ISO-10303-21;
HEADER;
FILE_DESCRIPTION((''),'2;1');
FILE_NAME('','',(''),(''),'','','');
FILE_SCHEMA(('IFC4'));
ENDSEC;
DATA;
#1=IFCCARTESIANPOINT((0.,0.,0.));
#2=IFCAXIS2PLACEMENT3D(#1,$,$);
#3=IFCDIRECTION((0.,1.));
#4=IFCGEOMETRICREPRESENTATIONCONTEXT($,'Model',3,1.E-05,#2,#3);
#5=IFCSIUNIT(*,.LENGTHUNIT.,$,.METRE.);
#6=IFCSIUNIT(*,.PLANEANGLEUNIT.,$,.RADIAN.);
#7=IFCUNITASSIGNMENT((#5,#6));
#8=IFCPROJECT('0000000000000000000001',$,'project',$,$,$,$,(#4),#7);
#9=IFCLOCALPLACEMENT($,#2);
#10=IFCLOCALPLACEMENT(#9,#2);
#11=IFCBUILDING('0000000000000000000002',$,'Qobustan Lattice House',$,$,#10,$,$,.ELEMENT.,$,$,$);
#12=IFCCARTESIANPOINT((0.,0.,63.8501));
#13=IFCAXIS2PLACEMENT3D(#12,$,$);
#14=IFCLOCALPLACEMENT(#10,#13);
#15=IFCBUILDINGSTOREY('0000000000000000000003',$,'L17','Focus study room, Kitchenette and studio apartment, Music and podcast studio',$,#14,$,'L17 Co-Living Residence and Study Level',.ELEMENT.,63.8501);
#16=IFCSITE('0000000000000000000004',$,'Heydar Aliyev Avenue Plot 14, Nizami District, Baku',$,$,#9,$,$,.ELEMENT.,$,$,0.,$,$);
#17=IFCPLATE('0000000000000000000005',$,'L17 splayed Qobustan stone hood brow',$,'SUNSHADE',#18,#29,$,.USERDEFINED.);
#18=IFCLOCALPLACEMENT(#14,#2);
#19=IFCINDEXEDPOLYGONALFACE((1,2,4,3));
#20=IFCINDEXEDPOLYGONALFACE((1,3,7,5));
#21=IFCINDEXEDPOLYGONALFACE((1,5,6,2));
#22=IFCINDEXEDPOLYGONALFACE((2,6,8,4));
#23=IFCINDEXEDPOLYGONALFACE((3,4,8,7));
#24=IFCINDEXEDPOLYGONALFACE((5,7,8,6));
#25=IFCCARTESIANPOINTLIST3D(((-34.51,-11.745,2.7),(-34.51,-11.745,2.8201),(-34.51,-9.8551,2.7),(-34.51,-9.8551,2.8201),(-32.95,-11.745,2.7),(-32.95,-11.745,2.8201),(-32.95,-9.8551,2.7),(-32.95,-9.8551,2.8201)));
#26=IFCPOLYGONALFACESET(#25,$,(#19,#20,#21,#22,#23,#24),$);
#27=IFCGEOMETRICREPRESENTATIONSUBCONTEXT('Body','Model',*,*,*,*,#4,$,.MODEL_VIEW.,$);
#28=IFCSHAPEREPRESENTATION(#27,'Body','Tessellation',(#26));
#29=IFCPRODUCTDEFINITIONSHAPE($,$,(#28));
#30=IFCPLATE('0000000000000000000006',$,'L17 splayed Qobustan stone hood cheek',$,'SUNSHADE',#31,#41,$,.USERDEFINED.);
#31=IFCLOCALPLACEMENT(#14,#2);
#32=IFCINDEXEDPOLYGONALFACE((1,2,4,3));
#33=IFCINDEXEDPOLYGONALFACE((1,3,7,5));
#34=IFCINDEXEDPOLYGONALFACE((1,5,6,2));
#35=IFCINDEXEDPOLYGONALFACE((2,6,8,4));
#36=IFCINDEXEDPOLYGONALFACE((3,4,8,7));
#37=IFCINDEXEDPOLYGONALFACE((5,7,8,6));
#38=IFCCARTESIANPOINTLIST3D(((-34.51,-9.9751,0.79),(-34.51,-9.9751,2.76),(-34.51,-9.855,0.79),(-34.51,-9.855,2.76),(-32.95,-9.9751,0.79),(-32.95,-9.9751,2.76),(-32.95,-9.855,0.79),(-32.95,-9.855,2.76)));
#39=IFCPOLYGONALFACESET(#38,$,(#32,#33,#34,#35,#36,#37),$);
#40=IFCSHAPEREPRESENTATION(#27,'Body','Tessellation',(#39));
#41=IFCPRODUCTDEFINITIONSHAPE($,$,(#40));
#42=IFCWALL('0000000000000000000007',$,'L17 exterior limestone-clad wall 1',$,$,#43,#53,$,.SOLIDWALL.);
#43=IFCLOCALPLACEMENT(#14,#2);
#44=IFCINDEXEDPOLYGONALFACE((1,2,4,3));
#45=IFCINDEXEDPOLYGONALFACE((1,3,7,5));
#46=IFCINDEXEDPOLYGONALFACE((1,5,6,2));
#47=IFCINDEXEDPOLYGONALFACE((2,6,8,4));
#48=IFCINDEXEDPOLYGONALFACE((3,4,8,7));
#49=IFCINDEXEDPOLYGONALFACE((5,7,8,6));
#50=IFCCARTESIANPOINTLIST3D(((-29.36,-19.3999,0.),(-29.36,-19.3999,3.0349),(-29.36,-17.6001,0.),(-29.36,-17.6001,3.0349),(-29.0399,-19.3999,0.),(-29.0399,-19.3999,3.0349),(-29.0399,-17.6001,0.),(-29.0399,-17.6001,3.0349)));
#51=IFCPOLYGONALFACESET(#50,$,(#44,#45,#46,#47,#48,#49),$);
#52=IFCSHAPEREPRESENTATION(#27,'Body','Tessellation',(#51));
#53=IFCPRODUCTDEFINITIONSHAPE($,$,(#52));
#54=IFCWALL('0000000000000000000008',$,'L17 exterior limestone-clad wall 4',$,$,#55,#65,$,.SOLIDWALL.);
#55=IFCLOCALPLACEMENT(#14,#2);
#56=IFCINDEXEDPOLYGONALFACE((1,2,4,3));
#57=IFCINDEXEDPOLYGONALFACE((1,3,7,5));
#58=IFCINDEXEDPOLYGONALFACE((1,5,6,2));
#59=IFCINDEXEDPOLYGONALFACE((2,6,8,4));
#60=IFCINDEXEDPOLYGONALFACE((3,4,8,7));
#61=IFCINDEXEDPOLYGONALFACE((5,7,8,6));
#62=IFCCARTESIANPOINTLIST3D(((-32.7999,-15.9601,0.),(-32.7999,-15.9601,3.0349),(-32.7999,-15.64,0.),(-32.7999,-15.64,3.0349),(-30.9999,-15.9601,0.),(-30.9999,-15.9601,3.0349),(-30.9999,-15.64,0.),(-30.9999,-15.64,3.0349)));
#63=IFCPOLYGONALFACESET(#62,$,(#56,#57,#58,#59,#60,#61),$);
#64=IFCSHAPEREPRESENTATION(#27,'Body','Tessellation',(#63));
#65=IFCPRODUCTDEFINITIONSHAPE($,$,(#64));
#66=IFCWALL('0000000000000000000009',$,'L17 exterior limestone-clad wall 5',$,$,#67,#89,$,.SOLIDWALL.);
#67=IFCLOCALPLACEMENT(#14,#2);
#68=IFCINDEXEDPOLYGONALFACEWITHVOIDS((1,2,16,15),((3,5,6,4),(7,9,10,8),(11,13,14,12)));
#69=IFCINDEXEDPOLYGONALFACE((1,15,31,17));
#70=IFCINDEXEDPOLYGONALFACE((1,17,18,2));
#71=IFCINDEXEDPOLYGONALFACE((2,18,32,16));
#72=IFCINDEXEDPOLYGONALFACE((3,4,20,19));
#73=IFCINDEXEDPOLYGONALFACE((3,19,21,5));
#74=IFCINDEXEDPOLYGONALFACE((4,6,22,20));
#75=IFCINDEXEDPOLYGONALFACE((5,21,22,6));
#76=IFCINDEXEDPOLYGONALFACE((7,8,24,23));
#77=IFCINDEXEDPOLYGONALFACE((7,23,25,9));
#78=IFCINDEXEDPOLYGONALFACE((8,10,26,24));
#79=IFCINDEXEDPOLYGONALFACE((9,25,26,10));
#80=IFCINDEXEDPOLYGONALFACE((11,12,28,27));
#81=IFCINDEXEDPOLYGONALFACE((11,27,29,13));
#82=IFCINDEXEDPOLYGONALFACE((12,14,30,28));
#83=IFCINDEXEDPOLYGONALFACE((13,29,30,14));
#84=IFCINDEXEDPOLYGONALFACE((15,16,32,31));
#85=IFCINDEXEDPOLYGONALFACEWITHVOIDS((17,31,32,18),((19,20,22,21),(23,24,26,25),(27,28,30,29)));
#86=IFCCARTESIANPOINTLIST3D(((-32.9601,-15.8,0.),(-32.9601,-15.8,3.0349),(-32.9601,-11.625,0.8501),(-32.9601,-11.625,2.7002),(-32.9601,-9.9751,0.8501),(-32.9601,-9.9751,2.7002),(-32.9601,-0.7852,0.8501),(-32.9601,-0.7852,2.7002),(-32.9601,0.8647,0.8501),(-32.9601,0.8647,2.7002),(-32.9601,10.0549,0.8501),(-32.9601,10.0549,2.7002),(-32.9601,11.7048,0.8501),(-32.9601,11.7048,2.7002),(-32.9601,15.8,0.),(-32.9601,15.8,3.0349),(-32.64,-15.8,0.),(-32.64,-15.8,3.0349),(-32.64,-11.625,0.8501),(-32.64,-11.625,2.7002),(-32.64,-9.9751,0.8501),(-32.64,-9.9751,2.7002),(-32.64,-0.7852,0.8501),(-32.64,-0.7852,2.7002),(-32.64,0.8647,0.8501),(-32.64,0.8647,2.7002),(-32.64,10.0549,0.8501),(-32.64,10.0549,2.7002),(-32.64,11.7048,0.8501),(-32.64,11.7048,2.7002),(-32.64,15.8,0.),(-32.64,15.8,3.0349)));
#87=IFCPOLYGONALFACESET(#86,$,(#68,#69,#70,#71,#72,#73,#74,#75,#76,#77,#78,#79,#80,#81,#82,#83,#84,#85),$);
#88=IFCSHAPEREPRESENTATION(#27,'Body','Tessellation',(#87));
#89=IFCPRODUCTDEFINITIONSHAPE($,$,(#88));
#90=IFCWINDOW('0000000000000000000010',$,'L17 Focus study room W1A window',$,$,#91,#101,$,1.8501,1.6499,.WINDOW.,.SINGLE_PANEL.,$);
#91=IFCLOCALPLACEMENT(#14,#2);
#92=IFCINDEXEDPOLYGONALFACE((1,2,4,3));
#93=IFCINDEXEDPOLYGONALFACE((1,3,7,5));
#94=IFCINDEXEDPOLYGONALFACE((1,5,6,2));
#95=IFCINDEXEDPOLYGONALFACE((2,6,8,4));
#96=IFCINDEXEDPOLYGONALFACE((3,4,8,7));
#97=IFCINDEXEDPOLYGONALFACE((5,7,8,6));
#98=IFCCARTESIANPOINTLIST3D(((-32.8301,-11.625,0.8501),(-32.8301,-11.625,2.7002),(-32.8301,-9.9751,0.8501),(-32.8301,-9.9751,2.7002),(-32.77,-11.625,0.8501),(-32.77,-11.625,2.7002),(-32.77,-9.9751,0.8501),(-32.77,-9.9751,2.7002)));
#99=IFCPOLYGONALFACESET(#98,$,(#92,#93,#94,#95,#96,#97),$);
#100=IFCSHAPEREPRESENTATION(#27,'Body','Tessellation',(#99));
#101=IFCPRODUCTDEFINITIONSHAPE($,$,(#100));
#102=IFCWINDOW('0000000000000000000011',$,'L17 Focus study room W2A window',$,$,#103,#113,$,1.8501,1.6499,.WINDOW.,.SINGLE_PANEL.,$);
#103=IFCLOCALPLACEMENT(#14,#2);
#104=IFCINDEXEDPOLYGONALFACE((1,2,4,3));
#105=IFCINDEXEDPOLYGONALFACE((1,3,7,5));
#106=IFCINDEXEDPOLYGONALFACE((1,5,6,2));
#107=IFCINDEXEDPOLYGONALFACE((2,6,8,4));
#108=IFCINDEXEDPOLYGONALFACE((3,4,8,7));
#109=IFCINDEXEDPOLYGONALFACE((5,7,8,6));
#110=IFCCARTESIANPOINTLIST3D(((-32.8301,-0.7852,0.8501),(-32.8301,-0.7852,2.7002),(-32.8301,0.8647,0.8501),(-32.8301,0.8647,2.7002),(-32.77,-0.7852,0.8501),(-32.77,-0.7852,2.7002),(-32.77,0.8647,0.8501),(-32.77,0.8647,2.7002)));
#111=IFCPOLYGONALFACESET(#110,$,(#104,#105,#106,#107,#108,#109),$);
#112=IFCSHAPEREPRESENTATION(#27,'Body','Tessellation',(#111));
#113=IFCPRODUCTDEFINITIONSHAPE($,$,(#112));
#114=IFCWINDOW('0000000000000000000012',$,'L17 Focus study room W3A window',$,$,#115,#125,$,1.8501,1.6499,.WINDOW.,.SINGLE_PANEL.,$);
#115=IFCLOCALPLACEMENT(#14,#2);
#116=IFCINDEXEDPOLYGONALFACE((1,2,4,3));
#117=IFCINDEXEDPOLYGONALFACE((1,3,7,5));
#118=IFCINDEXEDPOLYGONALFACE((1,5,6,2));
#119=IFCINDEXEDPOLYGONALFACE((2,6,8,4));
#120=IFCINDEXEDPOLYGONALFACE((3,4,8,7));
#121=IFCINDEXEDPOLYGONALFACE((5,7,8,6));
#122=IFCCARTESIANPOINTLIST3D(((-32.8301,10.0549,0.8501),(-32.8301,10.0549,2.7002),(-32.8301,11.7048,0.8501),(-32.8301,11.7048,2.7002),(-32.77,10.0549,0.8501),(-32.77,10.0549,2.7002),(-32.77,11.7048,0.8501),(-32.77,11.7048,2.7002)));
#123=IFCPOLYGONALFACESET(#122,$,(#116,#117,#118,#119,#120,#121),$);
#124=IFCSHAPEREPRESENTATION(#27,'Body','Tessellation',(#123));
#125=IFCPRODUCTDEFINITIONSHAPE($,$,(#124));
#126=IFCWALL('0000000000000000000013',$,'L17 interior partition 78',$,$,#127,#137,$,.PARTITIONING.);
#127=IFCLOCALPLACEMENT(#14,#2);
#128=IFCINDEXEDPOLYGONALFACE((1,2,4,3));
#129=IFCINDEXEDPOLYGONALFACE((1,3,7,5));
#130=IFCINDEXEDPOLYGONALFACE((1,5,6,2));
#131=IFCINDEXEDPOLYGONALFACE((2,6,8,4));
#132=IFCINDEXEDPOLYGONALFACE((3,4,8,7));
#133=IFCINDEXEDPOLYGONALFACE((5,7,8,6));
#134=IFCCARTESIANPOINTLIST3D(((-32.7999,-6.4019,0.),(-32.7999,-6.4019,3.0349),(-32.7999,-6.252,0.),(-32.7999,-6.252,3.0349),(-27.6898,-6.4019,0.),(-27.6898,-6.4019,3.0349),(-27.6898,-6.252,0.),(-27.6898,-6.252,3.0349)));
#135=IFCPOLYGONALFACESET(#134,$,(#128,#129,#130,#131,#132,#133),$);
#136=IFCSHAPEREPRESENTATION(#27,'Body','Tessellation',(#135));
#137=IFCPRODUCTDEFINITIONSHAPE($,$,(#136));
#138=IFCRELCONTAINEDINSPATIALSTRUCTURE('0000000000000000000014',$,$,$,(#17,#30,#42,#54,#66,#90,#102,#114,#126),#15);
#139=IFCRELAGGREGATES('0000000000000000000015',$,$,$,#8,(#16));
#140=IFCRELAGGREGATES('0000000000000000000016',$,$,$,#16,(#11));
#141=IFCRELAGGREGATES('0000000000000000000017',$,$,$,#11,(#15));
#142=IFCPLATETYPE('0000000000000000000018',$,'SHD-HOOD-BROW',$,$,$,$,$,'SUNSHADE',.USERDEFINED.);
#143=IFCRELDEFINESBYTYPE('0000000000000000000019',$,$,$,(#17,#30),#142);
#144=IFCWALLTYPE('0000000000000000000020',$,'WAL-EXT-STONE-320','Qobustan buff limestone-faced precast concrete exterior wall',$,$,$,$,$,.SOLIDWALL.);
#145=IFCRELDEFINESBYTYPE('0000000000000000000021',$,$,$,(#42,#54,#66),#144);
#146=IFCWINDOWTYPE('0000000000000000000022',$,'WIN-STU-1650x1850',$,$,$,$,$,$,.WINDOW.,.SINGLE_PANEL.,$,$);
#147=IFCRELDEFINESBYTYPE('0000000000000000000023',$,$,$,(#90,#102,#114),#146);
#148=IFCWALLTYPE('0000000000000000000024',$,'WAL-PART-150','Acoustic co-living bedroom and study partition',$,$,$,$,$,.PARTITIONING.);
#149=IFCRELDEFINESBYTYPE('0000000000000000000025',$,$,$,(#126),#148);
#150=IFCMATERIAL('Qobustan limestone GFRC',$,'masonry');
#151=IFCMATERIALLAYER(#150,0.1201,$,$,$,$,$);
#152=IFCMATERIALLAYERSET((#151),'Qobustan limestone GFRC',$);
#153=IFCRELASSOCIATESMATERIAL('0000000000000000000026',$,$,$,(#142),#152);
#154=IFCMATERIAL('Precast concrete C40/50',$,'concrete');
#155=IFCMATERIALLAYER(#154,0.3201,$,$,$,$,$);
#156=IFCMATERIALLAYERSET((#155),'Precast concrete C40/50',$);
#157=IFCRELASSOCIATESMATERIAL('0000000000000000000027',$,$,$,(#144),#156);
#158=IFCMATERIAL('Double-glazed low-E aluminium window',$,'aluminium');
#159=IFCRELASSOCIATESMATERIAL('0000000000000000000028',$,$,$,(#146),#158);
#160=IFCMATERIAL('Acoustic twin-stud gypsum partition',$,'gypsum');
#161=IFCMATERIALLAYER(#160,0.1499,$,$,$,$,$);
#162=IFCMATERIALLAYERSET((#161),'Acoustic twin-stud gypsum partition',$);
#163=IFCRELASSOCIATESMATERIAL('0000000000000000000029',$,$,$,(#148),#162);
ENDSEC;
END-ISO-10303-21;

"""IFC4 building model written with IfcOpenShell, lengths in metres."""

from ifc_helpers import new_model, si_unit, direction, frame, frame_2d, origin, origin_2d, place, context, subcontext, project, spatial, rectangle, extrude, material, layer, layer_set, type_object, element, fill, save


model = new_model("IFC4")

# Units and contexts
model_context = context("Model", 3, precision=1e-05, world=origin(), true_north=direction((0.0, 1.0)))
body_context = subcontext(model_context, "Body", "Model", "MODEL_VIEW")
ifc_project = project(units=[si_unit("LENGTHUNIT", "METRE"), si_unit("PLANEANGLEUNIT", "RADIAN")], contexts=[model_context])

# Site, building, storey
site_placement = place(None, origin())
site = spatial("IfcSite", under=ifc_project, at=site_placement, Name="Heydar Aliyev Avenue Plot 14, Nizami District, Baku", CompositionType="ELEMENT", RefElevation=0.0)
building_placement = place(site_placement, origin())
building = spatial("IfcBuilding", under=site, at=building_placement, Name="Qobustan Lattice House", CompositionType="ELEMENT")
storey_placement = place(building_placement, frame((0.0, 0.0, 63.8501)))
storey = spatial("IfcBuildingStorey", under=building, at=storey_placement, Name="L17", Description="Focus study room, Kitchenette and studio apartment, Music and podcast studio", LongName="L17 Co-Living Residence and Study Level", CompositionType="ELEMENT", Elevation=63.8501)

# Plates
ifc_material_1 = material(Name="Qobustan limestone GFRC", Category="masonry")
ifc_layer_1 = layer(ifc_material_1, 0.1201)
ifc_layer_set_1 = layer_set([ifc_layer_1], Name="Qobustan limestone GFRC")
plate_type_1 = type_object("IfcPlateType", Name="SHD-HOOD-BROW", ElementType="SUNSHADE", PredefinedType="USERDEFINED", material=ifc_layer_set_1)
plate_1_placement = place(storey_placement, frame((-33.73, -10.8, 2.7), z_axis=(0.0, 0.0, 1.0), x_axis=(0.0, 1.0, 0.0)))
element("IfcPlate", 1, at=plate_1_placement, inside=storey, type_object=plate_type_1, Name="L17 splayed Qobustan stone hood brow", ObjectType="SUNSHADE", PredefinedType="USERDEFINED", context=body_context, shape_type="SweptSolid", body=[
    extrude(rectangle(XDim=1.8899, YDim=1.5601, at=origin_2d()), origin(), (0.0, 0.0, 1.0), 0.1201),
])
plate_2_placement = place(storey_placement, frame((-33.73, -9.915, 0.79), z_axis=(0.0, 0.0, 1.0), x_axis=(0.0, 1.0, 0.0)))
element("IfcPlate", 2, at=plate_2_placement, inside=storey, type_object=plate_type_1, Name="L17 splayed Qobustan stone hood cheek", ObjectType="SUNSHADE", PredefinedType="USERDEFINED", context=body_context, shape_type="SweptSolid", body=[
    extrude(rectangle(XDim=0.1201, YDim=1.5601, at=origin_2d()), origin(), (0.0, 0.0, 1.0), 1.97),
])

# Walls
ifc_material_2 = material(Name="Precast concrete C40/50", Category="concrete")
ifc_layer_2 = layer(ifc_material_2, 0.3201)
ifc_layer_set_2 = layer_set([ifc_layer_2], Name="Precast concrete C40/50")
wall_type_1 = type_object("IfcWallType", Name="WAL-EXT-STONE-320", Description="Qobustan buff limestone-faced precast concrete exterior wall", PredefinedType="SOLIDWALL", material=ifc_layer_set_2)
wall_1_placement = place(storey_placement, frame((-29.2, -19.3999, 0.0), z_axis=(0.0, 0.0, 1.0), x_axis=(0.0, 1.0, 0.0)))
element("IfcWall", 3, at=wall_1_placement, inside=storey, type_object=wall_type_1, Name="L17 exterior limestone-clad wall 1", PredefinedType="SOLIDWALL", context=body_context, shape_type="SweptSolid", body=[
    extrude(rectangle(XDim=1.7998, YDim=0.3201, at=frame_2d((0.8999, 0.0))), origin(), (0.0, 0.0, 1.0), 3.0349),
])
wall_2_placement = place(storey_placement, frame((-31.0, -15.8, 0.0), z_axis=(0.0, 0.0, 1.0), x_axis=(-1.0, 0.0, 0.0)))
element("IfcWall", 4, at=wall_2_placement, inside=storey, type_object=wall_type_1, Name="L17 exterior limestone-clad wall 4", PredefinedType="SOLIDWALL", context=body_context, shape_type="SweptSolid", body=[
    extrude(rectangle(XDim=1.8, YDim=0.3201, at=frame_2d((0.8999, 0.0))), origin(), (0.0, 0.0, 1.0), 3.0349),
])

# Wall, openings, windows
wall_3_placement = place(storey_placement, frame((-32.8, -15.8, 0.0), z_axis=(0.0, 0.0, 1.0), x_axis=(0.0, 1.0, 0.0)))
wall_3 = element("IfcWall", 5, at=wall_3_placement, inside=storey, type_object=wall_type_1, Name="L17 exterior limestone-clad wall 5", PredefinedType="SOLIDWALL", context=body_context, shape_type="SweptSolid", body=[
    extrude(rectangle(XDim=31.6001, YDim=0.3201, at=frame_2d((15.8, 0.0))), origin(), (0.0, 0.0, 1.0), 3.0349),
])
opening_1_placement = place(wall_3_placement, frame((4.175, 0.0, 0.8501)))
opening_1 = element("IfcOpeningElement", 6, at=opening_1_placement, cuts=wall_3, PredefinedType="OPENING", context=body_context, shape_type="SweptSolid", body=[
    extrude(rectangle(XDim=1.6499, YDim=1.8501, at=frame_2d((0.825, 0.925))), frame((0.0, 0.1699, 0.0), z_axis=(0.0, -1.0, 0.0), x_axis=(1.0, 0.0, 0.0)), (0.0, 0.0, 1.0), 0.3401),
])
opening_2_placement = place(wall_3_placement, frame((15.0149, 0.0, 0.8501)))
opening_2 = element("IfcOpeningElement", 7, at=opening_2_placement, cuts=wall_3, PredefinedType="OPENING", context=body_context, shape_type="SweptSolid", body=[
    extrude(rectangle(XDim=1.6499, YDim=1.8501, at=frame_2d((0.825, 0.925))), frame((0.0, 0.1699, 0.0), z_axis=(0.0, -1.0, 0.0), x_axis=(1.0, 0.0, 0.0)), (0.0, 0.0, 1.0), 0.3401),
])
opening_3_placement = place(wall_3_placement, frame((25.855, 0.0, 0.8501)))
opening_3 = element("IfcOpeningElement", 8, at=opening_3_placement, cuts=wall_3, PredefinedType="OPENING", context=body_context, shape_type="SweptSolid", body=[
    extrude(rectangle(XDim=1.6499, YDim=1.8501, at=frame_2d((0.825, 0.925))), frame((0.0, 0.1699, 0.0), z_axis=(0.0, -1.0, 0.0), x_axis=(1.0, 0.0, 0.0)), (0.0, 0.0, 1.0), 0.3401),
])
ifc_material_3 = material(Name="Double-glazed low-E aluminium window", Category="aluminium")
window_type = type_object("IfcWindowType", Name="WIN-STU-1650x1850", PartitioningType="SINGLE_PANEL", PredefinedType="WINDOW", material=ifc_material_3)
window_1_placement = place(opening_1_placement, origin())
window_1 = element("IfcWindow", 9, at=window_1_placement, inside=storey, type_object=window_type, Name="L17 Focus study room W1A window", OverallHeight=1.8501, OverallWidth=1.6499, PartitioningType="SINGLE_PANEL", PredefinedType="WINDOW", context=body_context, shape_type="SweptSolid", body=[
    extrude(rectangle(XDim=1.6499, YDim=1.8501, at=frame_2d((0.825, 0.925))), frame((0.0, 0.03, 0.0), z_axis=(0.0, -1.0, 0.0), x_axis=(1.0, 0.0, 0.0)), (0.0, 0.0, 1.0), 0.0601),
])
fill(opening_1, window_1)
window_2_placement = place(opening_2_placement, origin())
window_2 = element("IfcWindow", 10, at=window_2_placement, inside=storey, type_object=window_type, Name="L17 Focus study room W2A window", OverallHeight=1.8501, OverallWidth=1.6499, PartitioningType="SINGLE_PANEL", PredefinedType="WINDOW", context=body_context, shape_type="SweptSolid", body=[
    extrude(rectangle(XDim=1.6499, YDim=1.8501, at=frame_2d((0.825, 0.925))), frame((0.0, 0.03, 0.0), z_axis=(0.0, -1.0, 0.0), x_axis=(1.0, 0.0, 0.0)), (0.0, 0.0, 1.0), 0.0601),
])
fill(opening_2, window_2)
window_3_placement = place(opening_3_placement, origin())
window_3 = element("IfcWindow", 11, at=window_3_placement, inside=storey, type_object=window_type, Name="L17 Focus study room W3A window", OverallHeight=1.8501, OverallWidth=1.6499, PartitioningType="SINGLE_PANEL", PredefinedType="WINDOW", context=body_context, shape_type="SweptSolid", body=[
    extrude(rectangle(XDim=1.6499, YDim=1.8501, at=frame_2d((0.825, 0.925))), frame((0.0, 0.03, 0.0), z_axis=(0.0, -1.0, 0.0), x_axis=(1.0, 0.0, 0.0)), (0.0, 0.0, 1.0), 0.0601),
])
fill(opening_3, window_3)

# Wall
ifc_material_4 = material(Name="Acoustic twin-stud gypsum partition", Category="gypsum")
ifc_layer_3 = layer(ifc_material_4, 0.1499)
ifc_layer_set_3 = layer_set([ifc_layer_3], Name="Acoustic twin-stud gypsum partition")
wall_type_2 = type_object("IfcWallType", Name="WAL-PART-150", Description="Acoustic co-living bedroom and study partition", PredefinedType="PARTITIONING", material=ifc_layer_set_3)
wall_4_placement = place(storey_placement, frame((-32.8, -6.3269, 0.0), z_axis=(0.0, 0.0, 1.0), x_axis=(1.0, 0.0, 0.0)))
element("IfcWall", 12, at=wall_4_placement, inside=storey, type_object=wall_type_2, Name="L17 interior partition 78", PredefinedType="PARTITIONING", context=body_context, shape_type="SweptSolid", body=[
    extrude(rectangle(XDim=5.1101, YDim=0.1499, at=frame_2d((2.5552, 0.0))), origin(), (0.0, 0.0, 1.0), 3.0349),
])

save(model, "model.ifc")
